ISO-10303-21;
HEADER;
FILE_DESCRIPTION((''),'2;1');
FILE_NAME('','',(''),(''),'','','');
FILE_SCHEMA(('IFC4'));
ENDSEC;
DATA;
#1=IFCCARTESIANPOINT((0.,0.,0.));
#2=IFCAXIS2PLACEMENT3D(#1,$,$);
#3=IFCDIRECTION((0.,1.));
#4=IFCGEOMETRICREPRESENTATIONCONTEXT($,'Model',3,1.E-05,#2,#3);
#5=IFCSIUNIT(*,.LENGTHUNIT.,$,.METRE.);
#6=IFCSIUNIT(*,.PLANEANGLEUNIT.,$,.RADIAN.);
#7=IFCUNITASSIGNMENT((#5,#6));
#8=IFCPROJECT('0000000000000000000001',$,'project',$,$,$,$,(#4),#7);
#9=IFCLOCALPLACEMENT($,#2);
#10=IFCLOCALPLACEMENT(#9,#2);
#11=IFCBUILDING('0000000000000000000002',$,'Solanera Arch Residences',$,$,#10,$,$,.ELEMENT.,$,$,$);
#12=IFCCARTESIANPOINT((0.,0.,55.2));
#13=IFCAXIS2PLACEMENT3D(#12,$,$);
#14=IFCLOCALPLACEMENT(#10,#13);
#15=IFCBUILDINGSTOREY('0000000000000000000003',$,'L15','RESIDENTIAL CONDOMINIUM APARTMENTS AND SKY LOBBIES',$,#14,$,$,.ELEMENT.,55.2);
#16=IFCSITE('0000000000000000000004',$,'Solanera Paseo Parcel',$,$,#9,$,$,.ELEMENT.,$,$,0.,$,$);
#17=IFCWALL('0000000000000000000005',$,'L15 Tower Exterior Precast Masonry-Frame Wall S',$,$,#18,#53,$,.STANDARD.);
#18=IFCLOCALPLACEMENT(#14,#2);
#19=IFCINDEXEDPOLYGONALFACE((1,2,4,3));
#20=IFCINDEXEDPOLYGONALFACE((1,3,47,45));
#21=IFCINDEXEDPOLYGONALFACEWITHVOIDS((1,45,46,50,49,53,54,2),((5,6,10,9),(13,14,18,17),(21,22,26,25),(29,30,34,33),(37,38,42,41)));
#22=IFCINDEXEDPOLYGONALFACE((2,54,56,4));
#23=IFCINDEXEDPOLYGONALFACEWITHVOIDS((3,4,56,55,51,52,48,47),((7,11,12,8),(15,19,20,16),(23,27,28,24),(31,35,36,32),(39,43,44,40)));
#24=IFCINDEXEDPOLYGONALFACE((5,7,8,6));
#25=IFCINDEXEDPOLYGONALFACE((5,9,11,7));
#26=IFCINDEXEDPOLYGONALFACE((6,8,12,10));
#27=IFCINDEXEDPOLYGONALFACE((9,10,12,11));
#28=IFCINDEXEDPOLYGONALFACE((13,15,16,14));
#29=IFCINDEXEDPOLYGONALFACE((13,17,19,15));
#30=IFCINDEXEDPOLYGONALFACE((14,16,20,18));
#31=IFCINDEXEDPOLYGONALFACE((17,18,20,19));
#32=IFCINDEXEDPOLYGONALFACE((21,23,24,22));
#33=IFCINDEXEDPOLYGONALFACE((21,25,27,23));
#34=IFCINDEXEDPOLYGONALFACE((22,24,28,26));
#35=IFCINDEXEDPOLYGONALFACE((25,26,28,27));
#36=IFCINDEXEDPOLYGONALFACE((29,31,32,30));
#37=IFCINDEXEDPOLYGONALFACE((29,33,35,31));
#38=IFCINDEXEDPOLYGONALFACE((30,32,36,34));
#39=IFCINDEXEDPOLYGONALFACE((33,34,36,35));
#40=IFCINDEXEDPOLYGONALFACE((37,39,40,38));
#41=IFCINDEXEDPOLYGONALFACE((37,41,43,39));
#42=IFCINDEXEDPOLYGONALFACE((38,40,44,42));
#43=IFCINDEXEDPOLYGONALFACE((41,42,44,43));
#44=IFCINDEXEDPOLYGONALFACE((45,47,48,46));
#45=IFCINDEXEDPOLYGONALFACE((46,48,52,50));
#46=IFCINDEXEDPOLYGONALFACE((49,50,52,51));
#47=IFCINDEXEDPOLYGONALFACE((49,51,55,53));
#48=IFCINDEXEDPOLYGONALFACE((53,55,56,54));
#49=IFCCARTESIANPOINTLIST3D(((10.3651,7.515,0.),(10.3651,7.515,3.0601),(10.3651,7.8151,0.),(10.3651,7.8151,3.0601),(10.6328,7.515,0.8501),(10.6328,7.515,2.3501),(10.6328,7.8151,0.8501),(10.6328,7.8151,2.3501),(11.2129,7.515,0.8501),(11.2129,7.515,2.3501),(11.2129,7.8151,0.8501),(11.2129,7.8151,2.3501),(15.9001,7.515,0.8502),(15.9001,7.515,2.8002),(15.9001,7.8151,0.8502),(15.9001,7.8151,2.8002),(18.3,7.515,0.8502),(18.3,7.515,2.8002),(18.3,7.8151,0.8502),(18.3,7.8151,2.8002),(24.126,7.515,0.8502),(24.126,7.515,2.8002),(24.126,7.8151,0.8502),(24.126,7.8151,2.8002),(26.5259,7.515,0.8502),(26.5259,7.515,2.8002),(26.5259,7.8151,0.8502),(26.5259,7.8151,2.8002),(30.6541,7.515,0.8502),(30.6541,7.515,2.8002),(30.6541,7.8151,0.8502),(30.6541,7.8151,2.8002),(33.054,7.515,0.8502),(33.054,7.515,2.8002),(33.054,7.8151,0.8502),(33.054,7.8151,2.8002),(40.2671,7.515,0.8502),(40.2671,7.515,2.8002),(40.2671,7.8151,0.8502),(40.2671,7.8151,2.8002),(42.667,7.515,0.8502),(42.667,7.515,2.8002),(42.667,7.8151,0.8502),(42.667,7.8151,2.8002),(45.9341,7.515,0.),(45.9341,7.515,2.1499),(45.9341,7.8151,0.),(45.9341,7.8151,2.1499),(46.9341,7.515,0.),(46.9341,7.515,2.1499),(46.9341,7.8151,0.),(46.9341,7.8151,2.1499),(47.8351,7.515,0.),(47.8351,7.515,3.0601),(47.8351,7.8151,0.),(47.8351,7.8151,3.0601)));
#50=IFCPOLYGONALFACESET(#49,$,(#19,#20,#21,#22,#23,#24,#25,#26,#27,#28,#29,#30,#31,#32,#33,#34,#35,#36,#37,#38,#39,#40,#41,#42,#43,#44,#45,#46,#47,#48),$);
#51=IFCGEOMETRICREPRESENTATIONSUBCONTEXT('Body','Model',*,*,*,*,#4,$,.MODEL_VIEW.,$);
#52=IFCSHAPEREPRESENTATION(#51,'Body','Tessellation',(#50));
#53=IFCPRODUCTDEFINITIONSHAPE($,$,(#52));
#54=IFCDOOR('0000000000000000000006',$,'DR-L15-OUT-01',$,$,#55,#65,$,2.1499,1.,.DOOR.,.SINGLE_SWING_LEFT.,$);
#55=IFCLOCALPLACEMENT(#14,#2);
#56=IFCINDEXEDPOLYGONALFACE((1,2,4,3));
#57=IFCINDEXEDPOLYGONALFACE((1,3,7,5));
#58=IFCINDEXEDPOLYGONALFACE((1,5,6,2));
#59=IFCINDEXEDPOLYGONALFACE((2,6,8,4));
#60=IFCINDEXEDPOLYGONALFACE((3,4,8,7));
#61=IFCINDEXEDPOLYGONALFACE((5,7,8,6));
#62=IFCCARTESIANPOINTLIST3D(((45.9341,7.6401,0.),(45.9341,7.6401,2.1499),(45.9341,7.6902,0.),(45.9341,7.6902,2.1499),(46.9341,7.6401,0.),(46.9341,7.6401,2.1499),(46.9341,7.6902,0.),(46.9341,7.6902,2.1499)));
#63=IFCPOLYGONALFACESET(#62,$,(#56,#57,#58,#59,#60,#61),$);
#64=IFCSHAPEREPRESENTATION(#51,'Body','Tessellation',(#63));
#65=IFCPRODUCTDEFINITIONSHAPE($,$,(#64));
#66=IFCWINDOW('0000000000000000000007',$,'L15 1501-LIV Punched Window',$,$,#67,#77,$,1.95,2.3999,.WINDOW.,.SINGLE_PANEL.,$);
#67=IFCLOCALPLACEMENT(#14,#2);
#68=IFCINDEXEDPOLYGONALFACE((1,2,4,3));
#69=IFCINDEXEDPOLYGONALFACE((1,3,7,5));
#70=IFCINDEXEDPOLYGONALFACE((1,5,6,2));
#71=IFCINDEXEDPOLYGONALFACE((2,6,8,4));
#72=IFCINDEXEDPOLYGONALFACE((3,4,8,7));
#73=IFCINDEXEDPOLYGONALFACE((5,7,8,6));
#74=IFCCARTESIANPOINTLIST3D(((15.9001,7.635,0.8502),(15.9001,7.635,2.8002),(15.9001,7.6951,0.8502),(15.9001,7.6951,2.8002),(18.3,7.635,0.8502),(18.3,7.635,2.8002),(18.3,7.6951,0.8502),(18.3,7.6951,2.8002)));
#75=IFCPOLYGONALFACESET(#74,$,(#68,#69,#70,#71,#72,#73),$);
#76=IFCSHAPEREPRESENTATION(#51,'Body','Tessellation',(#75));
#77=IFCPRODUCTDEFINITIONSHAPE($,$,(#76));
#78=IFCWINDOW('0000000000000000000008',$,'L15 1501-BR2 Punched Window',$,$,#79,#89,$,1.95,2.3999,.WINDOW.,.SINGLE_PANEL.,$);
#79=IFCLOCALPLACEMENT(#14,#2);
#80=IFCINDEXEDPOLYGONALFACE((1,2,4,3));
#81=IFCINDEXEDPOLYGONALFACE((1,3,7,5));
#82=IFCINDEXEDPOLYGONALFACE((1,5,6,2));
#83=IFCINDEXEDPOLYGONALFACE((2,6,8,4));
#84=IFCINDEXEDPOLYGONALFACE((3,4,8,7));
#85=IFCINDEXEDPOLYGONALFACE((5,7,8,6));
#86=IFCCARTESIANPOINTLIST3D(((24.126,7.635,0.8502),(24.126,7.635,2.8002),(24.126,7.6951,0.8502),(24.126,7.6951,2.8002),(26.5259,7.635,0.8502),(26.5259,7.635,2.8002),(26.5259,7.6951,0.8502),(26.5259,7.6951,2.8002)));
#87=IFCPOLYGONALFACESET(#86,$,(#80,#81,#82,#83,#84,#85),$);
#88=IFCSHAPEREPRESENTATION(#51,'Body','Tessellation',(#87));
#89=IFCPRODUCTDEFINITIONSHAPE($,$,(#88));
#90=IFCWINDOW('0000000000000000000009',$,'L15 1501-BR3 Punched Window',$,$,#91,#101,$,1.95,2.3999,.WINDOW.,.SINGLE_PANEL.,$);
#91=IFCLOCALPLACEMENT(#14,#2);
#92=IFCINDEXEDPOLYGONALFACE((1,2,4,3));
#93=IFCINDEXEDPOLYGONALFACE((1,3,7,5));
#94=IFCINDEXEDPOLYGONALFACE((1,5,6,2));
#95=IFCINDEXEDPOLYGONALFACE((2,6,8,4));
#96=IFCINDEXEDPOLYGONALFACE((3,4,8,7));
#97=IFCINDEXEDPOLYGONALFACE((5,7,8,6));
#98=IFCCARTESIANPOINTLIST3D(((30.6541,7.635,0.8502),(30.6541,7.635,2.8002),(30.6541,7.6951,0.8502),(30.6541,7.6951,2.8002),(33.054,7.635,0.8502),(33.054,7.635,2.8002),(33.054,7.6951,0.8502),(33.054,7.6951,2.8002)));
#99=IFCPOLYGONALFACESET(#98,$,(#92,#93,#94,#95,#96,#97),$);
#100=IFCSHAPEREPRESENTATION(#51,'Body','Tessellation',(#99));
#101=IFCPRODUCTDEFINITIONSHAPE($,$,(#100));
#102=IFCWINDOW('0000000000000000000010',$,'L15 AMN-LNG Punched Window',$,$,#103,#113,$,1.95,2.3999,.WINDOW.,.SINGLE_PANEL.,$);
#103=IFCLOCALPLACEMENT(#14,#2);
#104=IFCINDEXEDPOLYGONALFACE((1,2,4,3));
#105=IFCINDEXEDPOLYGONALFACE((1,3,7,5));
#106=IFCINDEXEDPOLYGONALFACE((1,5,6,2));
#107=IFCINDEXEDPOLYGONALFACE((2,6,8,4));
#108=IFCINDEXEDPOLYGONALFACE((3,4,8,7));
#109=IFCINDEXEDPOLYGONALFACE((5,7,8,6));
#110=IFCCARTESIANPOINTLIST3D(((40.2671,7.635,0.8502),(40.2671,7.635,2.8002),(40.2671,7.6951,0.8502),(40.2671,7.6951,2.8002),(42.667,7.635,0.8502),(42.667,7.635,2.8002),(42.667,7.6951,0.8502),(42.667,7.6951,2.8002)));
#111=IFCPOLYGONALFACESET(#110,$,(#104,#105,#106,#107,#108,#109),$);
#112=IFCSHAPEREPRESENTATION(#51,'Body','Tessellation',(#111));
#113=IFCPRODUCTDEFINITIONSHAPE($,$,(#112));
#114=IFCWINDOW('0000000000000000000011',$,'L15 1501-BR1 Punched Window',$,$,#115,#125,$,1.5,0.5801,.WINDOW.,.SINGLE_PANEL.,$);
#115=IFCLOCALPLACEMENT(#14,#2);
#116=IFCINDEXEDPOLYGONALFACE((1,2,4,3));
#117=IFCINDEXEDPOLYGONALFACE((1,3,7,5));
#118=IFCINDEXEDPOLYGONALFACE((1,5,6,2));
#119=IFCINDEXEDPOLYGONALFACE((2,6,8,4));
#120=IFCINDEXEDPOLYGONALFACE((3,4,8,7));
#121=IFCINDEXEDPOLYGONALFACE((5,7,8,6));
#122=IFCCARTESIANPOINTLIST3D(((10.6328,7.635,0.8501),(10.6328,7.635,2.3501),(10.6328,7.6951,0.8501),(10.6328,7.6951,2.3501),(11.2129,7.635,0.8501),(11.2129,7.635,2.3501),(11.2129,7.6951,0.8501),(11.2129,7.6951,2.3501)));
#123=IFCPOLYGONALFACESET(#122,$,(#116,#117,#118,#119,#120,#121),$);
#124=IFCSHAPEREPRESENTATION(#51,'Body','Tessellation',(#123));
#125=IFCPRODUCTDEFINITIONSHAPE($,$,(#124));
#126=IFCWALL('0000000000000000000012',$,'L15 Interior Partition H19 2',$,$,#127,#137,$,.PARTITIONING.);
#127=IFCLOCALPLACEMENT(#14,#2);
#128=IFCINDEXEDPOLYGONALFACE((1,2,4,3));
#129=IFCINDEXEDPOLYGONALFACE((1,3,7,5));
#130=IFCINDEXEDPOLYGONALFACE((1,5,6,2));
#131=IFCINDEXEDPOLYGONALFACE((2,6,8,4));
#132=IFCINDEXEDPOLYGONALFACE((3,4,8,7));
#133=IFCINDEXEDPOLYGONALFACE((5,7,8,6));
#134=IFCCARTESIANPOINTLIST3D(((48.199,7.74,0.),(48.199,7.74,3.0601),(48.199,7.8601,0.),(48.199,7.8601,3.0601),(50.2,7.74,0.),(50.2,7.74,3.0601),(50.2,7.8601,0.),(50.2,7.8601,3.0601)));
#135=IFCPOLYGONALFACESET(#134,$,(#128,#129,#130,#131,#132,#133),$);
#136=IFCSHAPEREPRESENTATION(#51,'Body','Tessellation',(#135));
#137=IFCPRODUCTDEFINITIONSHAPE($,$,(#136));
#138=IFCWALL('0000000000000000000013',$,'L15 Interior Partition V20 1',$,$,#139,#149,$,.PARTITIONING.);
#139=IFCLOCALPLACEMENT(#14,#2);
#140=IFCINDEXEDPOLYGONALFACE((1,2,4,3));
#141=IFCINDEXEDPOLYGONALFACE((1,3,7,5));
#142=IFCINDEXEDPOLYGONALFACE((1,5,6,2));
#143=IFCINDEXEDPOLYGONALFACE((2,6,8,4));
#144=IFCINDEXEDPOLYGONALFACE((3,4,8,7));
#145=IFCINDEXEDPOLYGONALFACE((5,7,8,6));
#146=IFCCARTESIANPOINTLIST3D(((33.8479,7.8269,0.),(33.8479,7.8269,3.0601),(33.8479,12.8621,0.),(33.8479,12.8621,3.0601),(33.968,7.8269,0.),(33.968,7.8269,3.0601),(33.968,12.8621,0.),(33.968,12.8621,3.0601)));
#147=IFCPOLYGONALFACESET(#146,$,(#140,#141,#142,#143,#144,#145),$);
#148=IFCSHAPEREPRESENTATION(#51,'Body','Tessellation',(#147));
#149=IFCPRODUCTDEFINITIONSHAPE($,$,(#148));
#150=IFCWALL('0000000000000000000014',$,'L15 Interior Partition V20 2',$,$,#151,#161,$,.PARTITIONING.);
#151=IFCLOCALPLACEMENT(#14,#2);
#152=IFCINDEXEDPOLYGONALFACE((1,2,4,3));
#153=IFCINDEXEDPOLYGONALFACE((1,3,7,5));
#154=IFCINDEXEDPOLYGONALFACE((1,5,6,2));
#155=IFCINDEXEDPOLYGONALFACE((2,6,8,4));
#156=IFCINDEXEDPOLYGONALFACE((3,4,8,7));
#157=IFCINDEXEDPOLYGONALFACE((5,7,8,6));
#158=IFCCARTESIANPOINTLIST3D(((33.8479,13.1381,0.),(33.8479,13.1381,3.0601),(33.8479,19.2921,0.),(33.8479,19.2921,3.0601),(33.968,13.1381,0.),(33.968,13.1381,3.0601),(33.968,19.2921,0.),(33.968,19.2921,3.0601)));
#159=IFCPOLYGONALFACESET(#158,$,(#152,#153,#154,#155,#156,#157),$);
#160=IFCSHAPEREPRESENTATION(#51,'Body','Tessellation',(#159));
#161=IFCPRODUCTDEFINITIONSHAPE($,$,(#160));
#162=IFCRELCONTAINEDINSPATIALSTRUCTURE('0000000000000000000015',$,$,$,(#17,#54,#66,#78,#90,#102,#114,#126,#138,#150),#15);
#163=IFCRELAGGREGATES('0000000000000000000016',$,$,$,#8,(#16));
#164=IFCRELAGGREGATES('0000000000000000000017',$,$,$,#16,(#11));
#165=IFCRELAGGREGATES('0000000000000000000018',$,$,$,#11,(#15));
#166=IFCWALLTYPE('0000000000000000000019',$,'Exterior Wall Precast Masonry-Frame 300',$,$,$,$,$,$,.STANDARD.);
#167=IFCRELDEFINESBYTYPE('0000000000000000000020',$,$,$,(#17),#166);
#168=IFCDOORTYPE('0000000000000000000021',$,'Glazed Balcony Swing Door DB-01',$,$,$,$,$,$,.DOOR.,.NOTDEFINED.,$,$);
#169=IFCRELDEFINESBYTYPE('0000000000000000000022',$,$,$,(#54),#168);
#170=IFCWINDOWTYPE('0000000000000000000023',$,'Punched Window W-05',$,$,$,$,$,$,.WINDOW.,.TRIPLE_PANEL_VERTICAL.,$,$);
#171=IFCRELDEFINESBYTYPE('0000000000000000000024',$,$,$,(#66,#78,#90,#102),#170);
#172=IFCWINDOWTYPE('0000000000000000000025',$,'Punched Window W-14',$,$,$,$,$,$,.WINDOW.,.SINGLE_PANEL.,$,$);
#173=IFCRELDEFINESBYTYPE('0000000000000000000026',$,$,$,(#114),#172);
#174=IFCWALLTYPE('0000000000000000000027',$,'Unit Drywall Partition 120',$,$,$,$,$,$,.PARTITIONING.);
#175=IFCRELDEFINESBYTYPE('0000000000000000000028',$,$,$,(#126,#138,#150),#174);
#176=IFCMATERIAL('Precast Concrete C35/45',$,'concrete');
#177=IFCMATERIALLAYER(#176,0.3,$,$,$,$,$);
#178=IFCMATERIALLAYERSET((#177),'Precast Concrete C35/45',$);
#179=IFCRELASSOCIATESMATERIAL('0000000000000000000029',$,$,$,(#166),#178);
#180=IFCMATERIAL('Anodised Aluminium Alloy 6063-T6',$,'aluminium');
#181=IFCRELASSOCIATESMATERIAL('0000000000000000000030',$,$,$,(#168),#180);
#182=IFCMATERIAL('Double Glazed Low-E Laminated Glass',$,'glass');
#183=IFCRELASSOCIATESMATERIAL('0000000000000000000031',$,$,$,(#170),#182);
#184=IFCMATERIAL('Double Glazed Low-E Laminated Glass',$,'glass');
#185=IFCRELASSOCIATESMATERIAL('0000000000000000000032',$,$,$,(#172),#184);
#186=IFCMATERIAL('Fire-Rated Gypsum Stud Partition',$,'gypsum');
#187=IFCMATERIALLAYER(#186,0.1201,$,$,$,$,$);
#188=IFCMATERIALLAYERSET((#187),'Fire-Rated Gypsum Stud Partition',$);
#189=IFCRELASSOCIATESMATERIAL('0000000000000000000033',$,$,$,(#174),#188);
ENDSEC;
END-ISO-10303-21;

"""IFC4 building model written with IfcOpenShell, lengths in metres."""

from ifc_helpers import new_model, si_unit, direction, frame, frame_2d, origin, place, context, subcontext, project, spatial, rectangle, extrude, material, layer, layer_set, type_object, element, fill, save


model = new_model("IFC4")

# Units and contexts
model_context = context("Model", 3, precision=1e-05, world=origin(), true_north=direction((0.0, 1.0)))
body_context = subcontext(model_context, "Body", "Model", "MODEL_VIEW")
ifc_project = project(units=[si_unit("LENGTHUNIT", "METRE"), si_unit("PLANEANGLEUNIT", "RADIAN")], contexts=[model_context])

# Site, building, storey
site_placement = place(None, origin())
site = spatial("IfcSite", under=ifc_project, at=site_placement, Name="Solanera Paseo Parcel", CompositionType="ELEMENT", RefElevation=0.0)
building_placement = place(site_placement, origin())
building = spatial("IfcBuilding", under=site, at=building_placement, Name="Solanera Arch Residences", CompositionType="ELEMENT")
storey_placement = place(building_placement, frame((0.0, 0.0, 55.2)))
storey = spatial("IfcBuildingStorey", under=building, at=storey_placement, Name="L15", Description="RESIDENTIAL CONDOMINIUM APARTMENTS AND SKY LOBBIES", CompositionType="ELEMENT", Elevation=55.2)

# Shared definitions
ifc_material_1 = material(Name="Precast Concrete C35/45", Category="concrete")
ifc_layer_1 = layer(ifc_material_1, 0.3)
ifc_layer_set_1 = layer_set([ifc_layer_1], Name="Precast Concrete C35/45")
wall_type_1 = type_object("IfcWallType", Name="Exterior Wall Precast Masonry-Frame 300", PredefinedType="STANDARD", material=ifc_layer_set_1)

# Wall, openings, door, windows
wall_1_placement = place(storey_placement, frame((47.835, 7.665, 0.0), z_axis=(0.0, 0.0, 1.0), x_axis=(-1.0, 0.0, 0.0)))
wall_1 = element("IfcWall", 1, at=wall_1_placement, inside=storey, type_object=wall_type_1, Name="L15 Tower Exterior Precast Masonry-Frame Wall S", PredefinedType="STANDARD", context=body_context, shape_type="SweptSolid", body=[
    extrude(rectangle(XDim=37.47, YDim=0.3, at=frame_2d((18.7349, 0.0))), origin(), (0.0, 0.0, 1.0), 3.0601),
])
opening_1_placement = place(wall_1_placement, frame((0.9009, 0.0, 0.0)))
opening_1 = element("IfcOpeningElement", 2, at=opening_1_placement, cuts=wall_1, PredefinedType="OPENING", context=body_context, shape_type="SweptSolid", body=[
    extrude(rectangle(XDim=1.0, YDim=2.1499, at=frame_2d((0.5, 1.075))), frame((0.0, 0.1599, 0.0), z_axis=(0.0, -1.0, 0.0), x_axis=(1.0, 0.0, 0.0)), (0.0, 0.0, 1.0), 0.32),
])
opening_2_placement = place(wall_1_placement, frame((29.5349, 0.0, 0.8501)))
opening_2 = element("IfcOpeningElement", 3, at=opening_2_placement, cuts=wall_1, PredefinedType="OPENING", context=body_context, shape_type="SweptSolid", body=[
    extrude(rectangle(XDim=2.3999, YDim=1.95, at=frame_2d((1.2, 0.9751))), frame((0.0, 0.1599, 0.0), z_axis=(0.0, -1.0, 0.0), x_axis=(1.0, 0.0, 0.0)), (0.0, 0.0, 1.0), 0.32),
])
opening_3_placement = place(wall_1_placement, frame((36.6221, 0.0, 0.8501)))
opening_3 = element("IfcOpeningElement", 4, at=opening_3_placement, cuts=wall_1, PredefinedType="OPENING", context=body_context, shape_type="SweptSolid", body=[
    extrude(rectangle(XDim=0.5801, YDim=1.5, at=frame_2d((0.29, 0.75))), frame((0.0, 0.1599, 0.0), z_axis=(0.0, -1.0, 0.0), x_axis=(1.0, 0.0, 0.0)), (0.0, 0.0, 1.0), 0.32),
])
opening_4_placement = place(wall_1_placement, frame((21.3091, 0.0, 0.8501)))
opening_4 = element("IfcOpeningElement", 5, at=opening_4_placement, cuts=wall_1, PredefinedType="OPENING", context=body_context, shape_type="SweptSolid", body=[
    extrude(rectangle(XDim=2.3999, YDim=1.95, at=frame_2d((1.2, 0.9751))), frame((0.0, 0.1599, 0.0), z_axis=(0.0, -1.0, 0.0), x_axis=(1.0, 0.0, 0.0)), (0.0, 0.0, 1.0), 0.32),
])
opening_5_placement = place(wall_1_placement, frame((14.781, 0.0, 0.8501)))
opening_5 = element("IfcOpeningElement", 6, at=opening_5_placement, cuts=wall_1, PredefinedType="OPENING", context=body_context, shape_type="SweptSolid", body=[
    extrude(rectangle(XDim=2.3999, YDim=1.95, at=frame_2d((1.2, 0.9751))), frame((0.0, 0.1599, 0.0), z_axis=(0.0, -1.0, 0.0), x_axis=(1.0, 0.0, 0.0)), (0.0, 0.0, 1.0), 0.32),
])
opening_6_placement = place(wall_1_placement, frame((5.168, 0.0, 0.8501)))
opening_6 = element("IfcOpeningElement", 7, at=opening_6_placement, cuts=wall_1, PredefinedType="OPENING", context=body_context, shape_type="SweptSolid", body=[
    extrude(rectangle(XDim=2.3999, YDim=1.95, at=frame_2d((1.2, 0.9751))), frame((0.0, 0.1599, 0.0), z_axis=(0.0, -1.0, 0.0), x_axis=(1.0, 0.0, 0.0)), (0.0, 0.0, 1.0), 0.32),
])
ifc_material_2 = material(Name="Anodised Aluminium Alloy 6063-T6", Category="aluminium")
door_type_1 = type_object("IfcDoorType", Name="Glazed Balcony Swing Door DB-01", OperationType="NOTDEFINED", PredefinedType="DOOR", material=ifc_material_2)
door_1_placement = place(opening_1_placement, origin())
door_1 = element("IfcDoor", 8, at=door_1_placement, inside=storey, type_object=door_type_1, Name="DR-L15-OUT-01", OperationType="SINGLE_SWING_LEFT", OverallHeight=2.1499, OverallWidth=1.0, PredefinedType="DOOR", context=body_context, shape_type="SweptSolid", body=[
    extrude(rectangle(XDim=1.0, YDim=2.1499, at=frame_2d((0.5, 1.075))), frame((0.0, 0.0249, 0.0), z_axis=(0.0, -1.0, 0.0), x_axis=(1.0, 0.0, 0.0)), (0.0, 0.0, 1.0), 0.05),
])
fill(opening_1, door_1)
ifc_material_3 = material(Name="Double Glazed Low-E Laminated Glass", Category="glass")
window_type_1 = type_object("IfcWindowType", Name="Punched Window W-05", PartitioningType="TRIPLE_PANEL_VERTICAL", PredefinedType="WINDOW", material=ifc_material_3)
window_1_placement = place(opening_2_placement, origin())
window_1 = element("IfcWindow", 9, at=window_1_placement, inside=storey, type_object=window_type_1, Name="L15 1501-LIV Punched Window", OverallHeight=1.95, OverallWidth=2.3999, PartitioningType="SINGLE_PANEL", PredefinedType="WINDOW", context=body_context, shape_type="SweptSolid", body=[
    extrude(rectangle(XDim=2.3999, YDim=1.95, at=frame_2d((1.2, 0.9751))), frame((0.0, 0.03, 0.0), z_axis=(0.0, -1.0, 0.0), x_axis=(1.0, 0.0, 0.0)), (0.0, 0.0, 1.0), 0.0601),
])
fill(opening_2, window_1)
window_2_placement = place(opening_4_placement, origin())
window_2 = element("IfcWindow", 10, at=window_2_placement, inside=storey, type_object=window_type_1, Name="L15 1501-BR2 Punched Window", OverallHeight=1.95, OverallWidth=2.3999, PartitioningType="SINGLE_PANEL", PredefinedType="WINDOW", context=body_context, shape_type="SweptSolid", body=[
    extrude(rectangle(XDim=2.3999, YDim=1.95, at=frame_2d((1.2, 0.9751))), frame((0.0, 0.03, 0.0), z_axis=(0.0, -1.0, 0.0), x_axis=(1.0, 0.0, 0.0)), (0.0, 0.0, 1.0), 0.0601),
])
fill(opening_4, window_2)
window_3_placement = place(opening_5_placement, origin())
window_3 = element("IfcWindow", 11, at=window_3_placement, inside=storey, type_object=window_type_1, Name="L15 1501-BR3 Punched Window", OverallHeight=1.95, OverallWidth=2.3999, PartitioningType="SINGLE_PANEL", PredefinedType="WINDOW", context=body_context, shape_type="SweptSolid", body=[
    extrude(rectangle(XDim=2.3999, YDim=1.95, at=frame_2d((1.2, 0.9751))), frame((0.0, 0.03, 0.0), z_axis=(0.0, -1.0, 0.0), x_axis=(1.0, 0.0, 0.0)), (0.0, 0.0, 1.0), 0.0601),
])
fill(opening_5, window_3)
window_4_placement = place(opening_6_placement, origin())
window_4 = element("IfcWindow", 12, at=window_4_placement, inside=storey, type_object=window_type_1, Name="L15 AMN-LNG Punched Window", OverallHeight=1.95, OverallWidth=2.3999, PartitioningType="SINGLE_PANEL", PredefinedType="WINDOW", context=body_context, shape_type="SweptSolid", body=[
    extrude(rectangle(XDim=2.3999, YDim=1.95, at=frame_2d((1.2, 0.9751))), frame((0.0, 0.03, 0.0), z_axis=(0.0, -1.0, 0.0), x_axis=(1.0, 0.0, 0.0)), (0.0, 0.0, 1.0), 0.0601),
])
fill(opening_6, window_4)
ifc_material_4 = material(Name="Double Glazed Low-E Laminated Glass", Category="glass")
window_type_2 = type_object("IfcWindowType", Name="Punched Window W-14", PartitioningType="SINGLE_PANEL", PredefinedType="WINDOW", material=ifc_material_4)
window_5_placement = place(opening_3_placement, origin())
window_5 = element("IfcWindow", 13, at=window_5_placement, inside=storey, type_object=window_type_2, Name="L15 1501-BR1 Punched Window", OverallHeight=1.5, OverallWidth=0.5801, PartitioningType="SINGLE_PANEL", PredefinedType="WINDOW", context=body_context, shape_type="SweptSolid", body=[
    extrude(rectangle(XDim=0.5801, YDim=1.5, at=frame_2d((0.29, 0.75))), frame((0.0, 0.03, 0.0), z_axis=(0.0, -1.0, 0.0), x_axis=(1.0, 0.0, 0.0)), (0.0, 0.0, 1.0), 0.0601),
])
fill(opening_3, window_5)

# Walls
ifc_material_5 = material(Name="Fire-Rated Gypsum Stud Partition", Category="gypsum")
ifc_layer_2 = layer(ifc_material_5, 0.1201)
ifc_layer_set_2 = layer_set([ifc_layer_2], Name="Fire-Rated Gypsum Stud Partition")
wall_type_2 = type_object("IfcWallType", Name="Unit Drywall Partition 120", PredefinedType="PARTITIONING", material=ifc_layer_set_2)
wall_2_placement = place(storey_placement, frame((48.199, 7.8, 0.0), z_axis=(0.0, 0.0, 1.0), x_axis=(1.0, 0.0, 0.0)))
element("IfcWall", 14, at=wall_2_placement, inside=storey, type_object=wall_type_2, Name="L15 Interior Partition H19 2", PredefinedType="PARTITIONING", context=body_context, shape_type="SweptSolid", body=[
    extrude(rectangle(XDim=2.001, YDim=0.1201, at=frame_2d((1.0005, 0.0))), origin(), (0.0, 0.0, 1.0), 3.0601),
])
wall_3_placement = place(storey_placement, frame((33.908, 7.8269, 0.0), z_axis=(0.0, 0.0, 1.0), x_axis=(0.0, 1.0, 0.0)))
element("IfcWall", 15, at=wall_3_placement, inside=storey, type_object=wall_type_2, Name="L15 Interior Partition V20 1", PredefinedType="PARTITIONING", context=body_context, shape_type="SweptSolid", body=[
    extrude(rectangle(XDim=5.0352, YDim=0.1201, at=frame_2d((2.5176, 0.0))), origin(), (0.0, 0.0, 1.0), 3.0601),
])
wall_4_placement = place(storey_placement, frame((33.908, 13.1379, 0.0), z_axis=(0.0, 0.0, 1.0), x_axis=(0.0, 1.0, 0.0)))
element("IfcWall", 16, at=wall_4_placement, inside=storey, type_object=wall_type_2, Name="L15 Interior Partition V20 2", PredefinedType="PARTITIONING", context=body_context, shape_type="SweptSolid", body=[
    extrude(rectangle(XDim=6.1541, YDim=0.1201, at=frame_2d((3.0771, 0.0))), origin(), (0.0, 0.0, 1.0), 3.0601),
])

save(model, "model.ifc")
